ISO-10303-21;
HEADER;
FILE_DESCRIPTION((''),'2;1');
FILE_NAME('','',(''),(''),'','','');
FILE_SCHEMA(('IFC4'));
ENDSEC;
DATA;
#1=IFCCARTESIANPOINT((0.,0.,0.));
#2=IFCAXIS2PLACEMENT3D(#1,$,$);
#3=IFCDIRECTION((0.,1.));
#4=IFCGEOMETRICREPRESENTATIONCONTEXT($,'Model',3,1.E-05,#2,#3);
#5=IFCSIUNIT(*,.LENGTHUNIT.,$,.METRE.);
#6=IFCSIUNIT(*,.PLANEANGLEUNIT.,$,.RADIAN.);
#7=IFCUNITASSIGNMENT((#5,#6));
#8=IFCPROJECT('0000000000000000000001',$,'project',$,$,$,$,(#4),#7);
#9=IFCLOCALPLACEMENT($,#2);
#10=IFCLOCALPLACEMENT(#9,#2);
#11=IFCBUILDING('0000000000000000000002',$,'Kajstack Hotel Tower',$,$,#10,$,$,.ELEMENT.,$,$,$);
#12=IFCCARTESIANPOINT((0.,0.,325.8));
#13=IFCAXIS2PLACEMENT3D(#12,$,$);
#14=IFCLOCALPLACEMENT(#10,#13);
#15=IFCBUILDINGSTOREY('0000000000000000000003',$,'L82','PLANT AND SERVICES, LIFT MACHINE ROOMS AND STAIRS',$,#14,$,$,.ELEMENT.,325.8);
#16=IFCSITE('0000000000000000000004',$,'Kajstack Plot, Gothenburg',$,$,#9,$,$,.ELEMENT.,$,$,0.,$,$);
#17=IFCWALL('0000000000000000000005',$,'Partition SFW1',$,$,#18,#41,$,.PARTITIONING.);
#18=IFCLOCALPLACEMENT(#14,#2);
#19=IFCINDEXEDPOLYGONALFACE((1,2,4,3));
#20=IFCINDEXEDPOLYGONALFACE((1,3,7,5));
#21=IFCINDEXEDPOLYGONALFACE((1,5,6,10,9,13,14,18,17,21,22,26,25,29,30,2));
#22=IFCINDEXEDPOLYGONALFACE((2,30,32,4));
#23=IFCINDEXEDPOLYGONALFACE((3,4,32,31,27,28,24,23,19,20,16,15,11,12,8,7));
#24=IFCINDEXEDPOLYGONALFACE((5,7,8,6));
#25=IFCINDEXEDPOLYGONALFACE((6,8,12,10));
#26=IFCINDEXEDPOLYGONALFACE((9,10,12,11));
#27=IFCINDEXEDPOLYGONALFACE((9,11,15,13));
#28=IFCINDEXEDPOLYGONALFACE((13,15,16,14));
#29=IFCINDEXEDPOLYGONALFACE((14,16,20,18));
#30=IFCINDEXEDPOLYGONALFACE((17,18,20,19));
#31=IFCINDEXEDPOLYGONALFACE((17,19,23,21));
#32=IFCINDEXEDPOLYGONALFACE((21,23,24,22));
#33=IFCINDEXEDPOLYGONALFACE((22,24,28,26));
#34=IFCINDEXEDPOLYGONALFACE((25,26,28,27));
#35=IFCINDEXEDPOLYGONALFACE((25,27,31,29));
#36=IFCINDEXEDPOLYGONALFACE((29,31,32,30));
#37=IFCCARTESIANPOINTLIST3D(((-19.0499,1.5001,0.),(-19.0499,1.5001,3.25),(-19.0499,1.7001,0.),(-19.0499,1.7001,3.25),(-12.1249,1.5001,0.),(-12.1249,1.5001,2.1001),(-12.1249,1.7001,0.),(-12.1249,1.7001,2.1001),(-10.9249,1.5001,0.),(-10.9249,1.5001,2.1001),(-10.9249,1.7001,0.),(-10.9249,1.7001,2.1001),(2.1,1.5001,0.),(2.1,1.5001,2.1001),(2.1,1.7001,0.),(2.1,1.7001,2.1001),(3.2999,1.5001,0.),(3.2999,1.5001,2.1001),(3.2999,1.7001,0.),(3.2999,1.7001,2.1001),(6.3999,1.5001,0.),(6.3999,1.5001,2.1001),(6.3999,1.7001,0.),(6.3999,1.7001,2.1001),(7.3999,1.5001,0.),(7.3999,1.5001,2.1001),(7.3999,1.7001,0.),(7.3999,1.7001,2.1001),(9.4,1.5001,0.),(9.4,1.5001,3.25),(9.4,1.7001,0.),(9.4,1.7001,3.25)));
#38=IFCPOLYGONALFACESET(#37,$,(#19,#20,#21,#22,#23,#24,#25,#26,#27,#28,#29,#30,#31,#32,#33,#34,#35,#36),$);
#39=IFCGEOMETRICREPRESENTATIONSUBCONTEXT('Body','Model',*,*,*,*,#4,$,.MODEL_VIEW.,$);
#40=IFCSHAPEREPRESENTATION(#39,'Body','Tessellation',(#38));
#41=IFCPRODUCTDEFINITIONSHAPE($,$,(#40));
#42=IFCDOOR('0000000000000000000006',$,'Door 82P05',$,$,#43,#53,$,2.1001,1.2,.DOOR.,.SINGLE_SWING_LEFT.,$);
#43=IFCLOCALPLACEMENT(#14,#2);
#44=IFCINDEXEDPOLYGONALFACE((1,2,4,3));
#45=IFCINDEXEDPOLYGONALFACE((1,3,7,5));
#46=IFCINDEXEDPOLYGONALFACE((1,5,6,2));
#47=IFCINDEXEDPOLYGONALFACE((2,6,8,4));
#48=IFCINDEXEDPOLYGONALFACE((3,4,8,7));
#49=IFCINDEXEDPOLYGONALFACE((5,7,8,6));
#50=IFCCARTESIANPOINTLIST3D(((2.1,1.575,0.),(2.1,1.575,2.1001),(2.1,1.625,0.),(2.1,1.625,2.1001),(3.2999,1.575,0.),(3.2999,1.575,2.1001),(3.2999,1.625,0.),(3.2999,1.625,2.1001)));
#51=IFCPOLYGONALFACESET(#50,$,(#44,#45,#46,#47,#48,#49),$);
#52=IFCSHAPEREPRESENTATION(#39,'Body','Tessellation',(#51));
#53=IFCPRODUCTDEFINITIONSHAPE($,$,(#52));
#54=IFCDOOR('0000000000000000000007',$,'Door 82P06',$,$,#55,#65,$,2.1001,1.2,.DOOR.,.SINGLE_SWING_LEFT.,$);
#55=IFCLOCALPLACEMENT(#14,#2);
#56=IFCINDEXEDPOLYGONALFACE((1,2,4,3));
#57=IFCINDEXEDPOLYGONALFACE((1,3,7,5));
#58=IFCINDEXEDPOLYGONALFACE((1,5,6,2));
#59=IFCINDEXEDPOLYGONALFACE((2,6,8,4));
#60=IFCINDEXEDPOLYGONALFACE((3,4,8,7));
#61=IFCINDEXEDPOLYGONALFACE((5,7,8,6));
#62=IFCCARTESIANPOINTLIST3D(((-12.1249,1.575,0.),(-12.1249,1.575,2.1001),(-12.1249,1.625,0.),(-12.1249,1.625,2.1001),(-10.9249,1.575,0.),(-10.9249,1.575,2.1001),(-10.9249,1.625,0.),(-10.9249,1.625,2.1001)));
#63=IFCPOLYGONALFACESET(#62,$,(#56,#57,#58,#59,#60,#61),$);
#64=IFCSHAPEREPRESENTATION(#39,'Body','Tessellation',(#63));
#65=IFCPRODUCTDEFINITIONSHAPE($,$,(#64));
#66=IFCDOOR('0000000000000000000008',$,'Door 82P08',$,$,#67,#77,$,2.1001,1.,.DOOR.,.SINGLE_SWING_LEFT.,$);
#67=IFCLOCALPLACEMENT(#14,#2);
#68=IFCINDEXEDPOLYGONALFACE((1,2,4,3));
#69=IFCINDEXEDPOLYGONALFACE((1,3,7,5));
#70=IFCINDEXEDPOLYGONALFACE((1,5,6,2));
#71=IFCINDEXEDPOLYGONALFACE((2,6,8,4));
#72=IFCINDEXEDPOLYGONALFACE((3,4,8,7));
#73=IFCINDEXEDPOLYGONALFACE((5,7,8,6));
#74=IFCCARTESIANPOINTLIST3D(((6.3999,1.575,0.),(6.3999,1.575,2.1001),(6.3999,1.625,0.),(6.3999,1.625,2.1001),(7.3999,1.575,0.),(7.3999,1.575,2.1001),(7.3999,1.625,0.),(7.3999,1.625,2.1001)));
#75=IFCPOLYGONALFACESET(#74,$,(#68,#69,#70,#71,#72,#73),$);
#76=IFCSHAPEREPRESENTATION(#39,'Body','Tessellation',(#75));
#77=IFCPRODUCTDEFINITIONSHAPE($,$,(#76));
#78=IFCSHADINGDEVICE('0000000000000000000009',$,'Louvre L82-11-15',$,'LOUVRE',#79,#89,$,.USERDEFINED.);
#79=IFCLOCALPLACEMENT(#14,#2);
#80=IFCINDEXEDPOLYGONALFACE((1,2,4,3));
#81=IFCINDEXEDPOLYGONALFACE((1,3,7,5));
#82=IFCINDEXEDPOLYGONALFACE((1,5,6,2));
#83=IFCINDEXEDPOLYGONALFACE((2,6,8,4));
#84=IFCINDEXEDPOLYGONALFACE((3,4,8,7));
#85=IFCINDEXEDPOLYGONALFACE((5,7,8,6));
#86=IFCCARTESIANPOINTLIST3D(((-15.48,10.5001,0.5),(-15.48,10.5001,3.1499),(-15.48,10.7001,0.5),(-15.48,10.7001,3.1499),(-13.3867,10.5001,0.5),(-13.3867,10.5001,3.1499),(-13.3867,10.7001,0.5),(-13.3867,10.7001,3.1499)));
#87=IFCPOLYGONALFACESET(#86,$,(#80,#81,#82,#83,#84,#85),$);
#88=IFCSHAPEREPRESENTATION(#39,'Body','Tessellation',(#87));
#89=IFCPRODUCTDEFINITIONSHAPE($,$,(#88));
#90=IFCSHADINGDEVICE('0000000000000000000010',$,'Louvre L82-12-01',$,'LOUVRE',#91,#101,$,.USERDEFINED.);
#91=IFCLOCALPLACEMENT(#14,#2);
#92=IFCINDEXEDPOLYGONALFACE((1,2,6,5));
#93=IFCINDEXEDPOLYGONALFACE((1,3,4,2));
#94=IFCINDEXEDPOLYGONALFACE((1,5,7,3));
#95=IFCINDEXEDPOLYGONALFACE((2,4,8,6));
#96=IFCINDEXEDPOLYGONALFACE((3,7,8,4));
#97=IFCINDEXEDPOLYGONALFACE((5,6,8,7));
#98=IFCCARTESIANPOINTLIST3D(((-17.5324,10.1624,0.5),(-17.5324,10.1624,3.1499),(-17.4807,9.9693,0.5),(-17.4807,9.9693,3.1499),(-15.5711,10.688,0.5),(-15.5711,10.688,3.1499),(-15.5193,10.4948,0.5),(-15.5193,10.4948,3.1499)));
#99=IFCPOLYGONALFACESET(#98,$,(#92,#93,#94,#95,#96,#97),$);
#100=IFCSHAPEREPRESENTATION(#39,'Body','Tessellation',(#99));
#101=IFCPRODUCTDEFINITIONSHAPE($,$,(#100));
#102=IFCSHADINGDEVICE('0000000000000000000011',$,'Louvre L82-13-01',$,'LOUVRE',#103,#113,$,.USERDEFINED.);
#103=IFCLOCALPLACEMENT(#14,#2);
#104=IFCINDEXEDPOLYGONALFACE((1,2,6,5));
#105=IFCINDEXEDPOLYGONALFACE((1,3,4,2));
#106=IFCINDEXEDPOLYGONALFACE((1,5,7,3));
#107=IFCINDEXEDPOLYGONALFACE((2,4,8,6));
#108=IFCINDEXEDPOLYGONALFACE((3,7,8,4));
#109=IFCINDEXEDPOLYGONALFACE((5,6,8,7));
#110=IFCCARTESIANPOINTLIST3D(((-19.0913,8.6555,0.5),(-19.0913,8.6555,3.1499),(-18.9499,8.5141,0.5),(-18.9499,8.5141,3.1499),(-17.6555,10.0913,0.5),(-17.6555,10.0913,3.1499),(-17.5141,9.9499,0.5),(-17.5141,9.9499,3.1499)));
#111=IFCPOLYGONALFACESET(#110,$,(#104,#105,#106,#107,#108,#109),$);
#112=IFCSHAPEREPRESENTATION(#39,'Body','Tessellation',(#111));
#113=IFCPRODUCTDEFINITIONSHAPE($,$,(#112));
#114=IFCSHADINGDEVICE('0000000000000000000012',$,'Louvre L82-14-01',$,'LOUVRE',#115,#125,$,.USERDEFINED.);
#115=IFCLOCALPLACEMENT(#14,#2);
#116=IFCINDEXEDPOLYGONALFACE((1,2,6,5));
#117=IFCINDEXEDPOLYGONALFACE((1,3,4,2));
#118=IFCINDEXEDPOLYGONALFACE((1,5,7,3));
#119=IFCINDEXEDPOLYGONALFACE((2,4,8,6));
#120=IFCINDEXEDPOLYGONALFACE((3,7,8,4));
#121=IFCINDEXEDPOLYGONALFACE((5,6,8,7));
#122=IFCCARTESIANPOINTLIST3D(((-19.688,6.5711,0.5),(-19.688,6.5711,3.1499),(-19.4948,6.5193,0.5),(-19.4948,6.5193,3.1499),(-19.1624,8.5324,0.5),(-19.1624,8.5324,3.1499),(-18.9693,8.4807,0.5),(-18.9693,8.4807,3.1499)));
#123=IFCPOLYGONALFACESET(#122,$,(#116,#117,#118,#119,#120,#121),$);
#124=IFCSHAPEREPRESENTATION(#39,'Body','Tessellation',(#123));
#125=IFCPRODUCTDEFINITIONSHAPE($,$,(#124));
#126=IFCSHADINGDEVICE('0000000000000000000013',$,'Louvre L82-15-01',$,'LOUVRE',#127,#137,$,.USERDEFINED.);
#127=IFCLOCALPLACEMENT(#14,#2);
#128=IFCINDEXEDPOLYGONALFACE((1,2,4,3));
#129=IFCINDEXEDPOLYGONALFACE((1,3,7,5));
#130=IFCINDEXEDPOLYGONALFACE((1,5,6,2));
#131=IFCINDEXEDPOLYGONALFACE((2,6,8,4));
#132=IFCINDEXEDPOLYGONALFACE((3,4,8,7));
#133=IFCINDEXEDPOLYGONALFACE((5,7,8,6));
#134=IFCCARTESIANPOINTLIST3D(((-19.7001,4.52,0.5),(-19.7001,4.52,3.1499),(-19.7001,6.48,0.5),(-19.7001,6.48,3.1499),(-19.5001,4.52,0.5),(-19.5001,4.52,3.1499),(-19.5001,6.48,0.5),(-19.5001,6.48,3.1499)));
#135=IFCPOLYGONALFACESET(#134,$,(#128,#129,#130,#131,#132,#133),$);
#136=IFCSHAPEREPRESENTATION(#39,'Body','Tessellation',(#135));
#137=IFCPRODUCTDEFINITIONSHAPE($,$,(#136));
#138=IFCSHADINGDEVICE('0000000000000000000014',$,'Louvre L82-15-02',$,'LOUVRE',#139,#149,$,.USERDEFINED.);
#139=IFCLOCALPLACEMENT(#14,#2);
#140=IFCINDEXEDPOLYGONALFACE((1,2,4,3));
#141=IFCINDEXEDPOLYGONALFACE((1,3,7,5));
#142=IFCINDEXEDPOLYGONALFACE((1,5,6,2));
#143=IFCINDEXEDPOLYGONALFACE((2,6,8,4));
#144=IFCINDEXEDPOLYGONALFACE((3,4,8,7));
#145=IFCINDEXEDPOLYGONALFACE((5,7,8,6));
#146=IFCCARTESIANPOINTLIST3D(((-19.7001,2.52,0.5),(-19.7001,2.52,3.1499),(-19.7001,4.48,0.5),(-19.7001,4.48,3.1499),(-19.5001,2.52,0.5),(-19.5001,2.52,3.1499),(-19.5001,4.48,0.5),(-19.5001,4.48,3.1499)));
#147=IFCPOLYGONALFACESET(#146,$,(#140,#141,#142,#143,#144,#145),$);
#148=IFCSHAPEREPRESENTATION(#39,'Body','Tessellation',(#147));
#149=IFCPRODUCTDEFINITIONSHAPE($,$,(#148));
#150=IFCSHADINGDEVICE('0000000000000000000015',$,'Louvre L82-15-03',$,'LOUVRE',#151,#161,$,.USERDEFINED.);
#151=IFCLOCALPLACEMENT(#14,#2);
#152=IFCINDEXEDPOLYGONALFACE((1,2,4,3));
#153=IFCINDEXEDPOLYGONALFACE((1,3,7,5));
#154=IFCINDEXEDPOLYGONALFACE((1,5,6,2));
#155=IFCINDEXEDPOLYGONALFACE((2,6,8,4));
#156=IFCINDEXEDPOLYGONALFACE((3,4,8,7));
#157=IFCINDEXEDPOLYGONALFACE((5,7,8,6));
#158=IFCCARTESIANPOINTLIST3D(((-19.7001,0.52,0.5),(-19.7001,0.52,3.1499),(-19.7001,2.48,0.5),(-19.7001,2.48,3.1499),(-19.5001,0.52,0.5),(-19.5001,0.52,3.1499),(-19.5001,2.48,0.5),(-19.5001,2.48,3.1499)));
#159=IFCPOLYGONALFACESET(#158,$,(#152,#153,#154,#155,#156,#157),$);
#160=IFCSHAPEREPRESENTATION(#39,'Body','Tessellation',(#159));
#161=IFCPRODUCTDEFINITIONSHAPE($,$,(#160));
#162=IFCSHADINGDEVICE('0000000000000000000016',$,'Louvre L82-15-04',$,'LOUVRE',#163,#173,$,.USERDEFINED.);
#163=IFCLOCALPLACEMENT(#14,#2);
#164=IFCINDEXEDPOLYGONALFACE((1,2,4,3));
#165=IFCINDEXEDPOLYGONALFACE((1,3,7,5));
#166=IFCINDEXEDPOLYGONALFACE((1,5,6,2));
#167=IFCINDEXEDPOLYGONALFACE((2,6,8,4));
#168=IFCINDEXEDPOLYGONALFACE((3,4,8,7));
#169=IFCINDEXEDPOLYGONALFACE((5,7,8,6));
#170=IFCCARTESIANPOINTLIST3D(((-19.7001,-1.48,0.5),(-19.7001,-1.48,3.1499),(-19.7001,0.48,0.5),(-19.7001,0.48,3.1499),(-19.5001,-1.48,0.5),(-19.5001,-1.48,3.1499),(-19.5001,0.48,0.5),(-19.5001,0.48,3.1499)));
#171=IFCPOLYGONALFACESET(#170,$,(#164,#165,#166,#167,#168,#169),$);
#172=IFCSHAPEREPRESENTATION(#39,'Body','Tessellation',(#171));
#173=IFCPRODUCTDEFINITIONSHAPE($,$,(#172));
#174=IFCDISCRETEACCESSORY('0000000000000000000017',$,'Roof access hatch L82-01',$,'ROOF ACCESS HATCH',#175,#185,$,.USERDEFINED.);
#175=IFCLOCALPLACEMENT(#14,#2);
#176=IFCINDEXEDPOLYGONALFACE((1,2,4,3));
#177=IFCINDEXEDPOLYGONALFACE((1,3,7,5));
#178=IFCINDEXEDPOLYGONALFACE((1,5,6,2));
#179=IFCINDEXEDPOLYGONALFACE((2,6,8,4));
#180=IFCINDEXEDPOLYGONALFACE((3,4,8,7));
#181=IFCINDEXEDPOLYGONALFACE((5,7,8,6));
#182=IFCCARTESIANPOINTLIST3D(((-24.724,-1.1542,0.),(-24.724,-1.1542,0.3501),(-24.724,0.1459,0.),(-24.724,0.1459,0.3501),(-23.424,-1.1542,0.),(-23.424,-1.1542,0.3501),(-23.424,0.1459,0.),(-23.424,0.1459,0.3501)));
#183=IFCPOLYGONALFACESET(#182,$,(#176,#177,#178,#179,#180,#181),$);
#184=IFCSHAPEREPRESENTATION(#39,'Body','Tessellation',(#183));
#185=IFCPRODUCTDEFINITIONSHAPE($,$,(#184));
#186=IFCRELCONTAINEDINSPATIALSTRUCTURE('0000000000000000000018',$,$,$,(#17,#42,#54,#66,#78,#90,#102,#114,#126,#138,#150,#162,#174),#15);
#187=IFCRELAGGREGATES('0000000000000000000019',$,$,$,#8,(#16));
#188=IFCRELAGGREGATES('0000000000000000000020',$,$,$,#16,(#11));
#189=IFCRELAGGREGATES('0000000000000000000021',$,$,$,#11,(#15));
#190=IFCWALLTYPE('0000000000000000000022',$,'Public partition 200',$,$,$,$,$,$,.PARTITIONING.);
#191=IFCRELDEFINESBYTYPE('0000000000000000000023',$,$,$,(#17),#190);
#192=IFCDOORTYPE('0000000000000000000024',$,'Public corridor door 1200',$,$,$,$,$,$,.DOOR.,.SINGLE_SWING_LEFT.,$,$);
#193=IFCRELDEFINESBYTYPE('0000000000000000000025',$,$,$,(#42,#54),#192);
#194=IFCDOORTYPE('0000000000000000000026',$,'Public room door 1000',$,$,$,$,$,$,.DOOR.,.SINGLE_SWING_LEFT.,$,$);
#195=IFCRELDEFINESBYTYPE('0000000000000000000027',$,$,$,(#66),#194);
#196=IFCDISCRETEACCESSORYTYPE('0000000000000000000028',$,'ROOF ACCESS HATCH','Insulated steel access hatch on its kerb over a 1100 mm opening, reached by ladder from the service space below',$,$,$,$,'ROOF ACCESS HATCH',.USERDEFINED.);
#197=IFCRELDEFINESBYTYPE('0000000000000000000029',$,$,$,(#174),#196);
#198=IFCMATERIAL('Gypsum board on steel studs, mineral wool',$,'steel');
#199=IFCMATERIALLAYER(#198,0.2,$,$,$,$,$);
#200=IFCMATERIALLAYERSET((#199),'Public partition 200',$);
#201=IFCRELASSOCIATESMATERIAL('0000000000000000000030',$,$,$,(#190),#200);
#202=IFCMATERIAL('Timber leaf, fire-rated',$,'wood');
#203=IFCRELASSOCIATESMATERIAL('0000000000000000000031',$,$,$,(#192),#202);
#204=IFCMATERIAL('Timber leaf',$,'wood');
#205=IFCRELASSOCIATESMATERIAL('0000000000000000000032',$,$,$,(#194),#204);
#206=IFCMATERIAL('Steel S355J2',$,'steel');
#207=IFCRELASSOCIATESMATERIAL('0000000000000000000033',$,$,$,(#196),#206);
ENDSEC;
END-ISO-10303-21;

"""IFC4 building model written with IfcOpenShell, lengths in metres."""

from ifc_helpers import new_model, si_unit, direction, frame, frame_2d, origin, origin_2d, place, context, subcontext, project, spatial, rectangle, extrude, material, layer, layer_set, type_object, element, fill, save


model = new_model("IFC4")

# Units and contexts
model_context = context("Model", 3, precision=1e-05, world=origin(), true_north=direction((0.0, 1.0)))
body_context = subcontext(model_context, "Body", "Model", "MODEL_VIEW")
ifc_project = project(units=[si_unit("LENGTHUNIT", "METRE"), si_unit("PLANEANGLEUNIT", "RADIAN")], contexts=[model_context])

# Site, building, storey
site_placement = place(None, origin())
site = spatial("IfcSite", under=ifc_project, at=site_placement, Name="Kajstack Plot, Gothenburg", CompositionType="ELEMENT", RefElevation=0.0)
building_placement = place(site_placement, origin())
building = spatial("IfcBuilding", under=site, at=building_placement, Name="Kajstack Hotel Tower", CompositionType="ELEMENT")
storey_placement = place(building_placement, frame((0.0, 0.0, 325.8)))
storey = spatial("IfcBuildingStorey", under=building, at=storey_placement, Name="L82", Description="PLANT AND SERVICES, LIFT MACHINE ROOMS AND STAIRS", CompositionType="ELEMENT", Elevation=325.8)

# Shared definitions
ifc_material_1 = material(Name="Steel S355J2", Category="steel")

# Shared definitions
ifc_material_2 = material(Name="Gypsum board on steel studs, mineral wool", Category="steel")
ifc_layer_1 = layer(ifc_material_2, 0.2)
ifc_layer_set_1 = layer_set([ifc_layer_1], Name="Public partition 200")
wall_type_1 = type_object("IfcWallType", Name="Public partition 200", PredefinedType="PARTITIONING", material=ifc_layer_set_1)
ifc_material_3 = material(Name="Timber leaf, fire-rated", Category="wood")
door_type_1 = type_object("IfcDoorType", Name="Public corridor door 1200", OperationType="SINGLE_SWING_LEFT", PredefinedType="DOOR", material=ifc_material_3)

# Wall, openings, doors
wall_1_placement = place(storey_placement, frame((-19.05, 1.6001, 0.0), z_axis=(0.0, 0.0, 1.0), x_axis=(1.0, 0.0, 0.0)))
wall_1 = element("IfcWall", 1, at=wall_1_placement, inside=storey, type_object=wall_type_1, Name="Partition SFW1", PredefinedType="PARTITIONING", context=body_context, shape_type="SweptSolid", body=[
    extrude(rectangle(XDim=28.45, YDim=0.2, at=frame_2d((14.2251, 0.0))), origin(), (0.0, 0.0, 1.0), 3.25),
])
opening_1_placement = place(wall_1_placement, frame((21.1499, 0.0, 0.0)))
opening_1 = element("IfcOpeningElement", 2, at=opening_1_placement, cuts=wall_1, PredefinedType="OPENING", context=body_context, shape_type="SweptSolid", body=[
    extrude(rectangle(XDim=1.2, YDim=2.1001, at=frame_2d((0.6001, 1.05))), frame((0.0, 0.1099, 0.0), z_axis=(0.0, -1.0, 0.0), x_axis=(1.0, 0.0, 0.0)), (0.0, 0.0, 1.0), 0.22),
])
opening_2_placement = place(wall_1_placement, frame((6.925, 0.0, 0.0)))
opening_2 = element("IfcOpeningElement", 3, at=opening_2_placement, cuts=wall_1, PredefinedType="OPENING", context=body_context, shape_type="SweptSolid", body=[
    extrude(rectangle(XDim=1.2, YDim=2.1001, at=frame_2d((0.6001, 1.05))), frame((0.0, 0.1099, 0.0), z_axis=(0.0, -1.0, 0.0), x_axis=(1.0, 0.0, 0.0)), (0.0, 0.0, 1.0), 0.22),
])
opening_3_placement = place(wall_1_placement, frame((25.45, 0.0, 0.0)))
opening_3 = element("IfcOpeningElement", 4, at=opening_3_placement, cuts=wall_1, PredefinedType="OPENING", context=body_context, shape_type="SweptSolid", body=[
    extrude(rectangle(XDim=1.0, YDim=2.1001, at=frame_2d((0.5, 1.05))), frame((0.0, 0.1099, 0.0), z_axis=(0.0, -1.0, 0.0), x_axis=(1.0, 0.0, 0.0)), (0.0, 0.0, 1.0), 0.22),
])
door_1_placement = place(opening_1_placement, origin())
door_1 = element("IfcDoor", 5, at=door_1_placement, inside=storey, type_object=door_type_1, Name="Door 82P05", OperationType="SINGLE_SWING_LEFT", OverallHeight=2.1001, OverallWidth=1.2, PredefinedType="DOOR", context=body_context, shape_type="SweptSolid", body=[
    extrude(rectangle(XDim=1.2, YDim=2.1001, at=frame_2d((0.6001, 1.05))), frame((0.0, 0.0249, 0.0), z_axis=(0.0, -1.0, 0.0), x_axis=(1.0, 0.0, 0.0)), (0.0, 0.0, 1.0), 0.05),
])
fill(opening_1, door_1)
door_2_placement = place(opening_2_placement, origin())
door_2 = element("IfcDoor", 6, at=door_2_placement, inside=storey, type_object=door_type_1, Name="Door 82P06", OperationType="SINGLE_SWING_LEFT", OverallHeight=2.1001, OverallWidth=1.2, PredefinedType="DOOR", context=body_context, shape_type="SweptSolid", body=[
    extrude(rectangle(XDim=1.2, YDim=2.1001, at=frame_2d((0.6001, 1.05))), frame((0.0, 0.0249, 0.0), z_axis=(0.0, -1.0, 0.0), x_axis=(1.0, 0.0, 0.0)), (0.0, 0.0, 1.0), 0.05),
])
fill(opening_2, door_2)
ifc_material_4 = material(Name="Timber leaf", Category="wood")
door_type_2 = type_object("IfcDoorType", Name="Public room door 1000", OperationType="SINGLE_SWING_LEFT", PredefinedType="DOOR", material=ifc_material_4)
door_3_placement = place(opening_3_placement, origin())
door_3 = element("IfcDoor", 7, at=door_3_placement, inside=storey, type_object=door_type_2, Name="Door 82P08", OperationType="SINGLE_SWING_LEFT", OverallHeight=2.1001, OverallWidth=1.0, PredefinedType="DOOR", context=body_context, shape_type="SweptSolid", body=[
    extrude(rectangle(XDim=1.0, YDim=2.1001, at=frame_2d((0.5, 1.05))), frame((0.0, 0.0249, 0.0), z_axis=(0.0, -1.0, 0.0), x_axis=(1.0, 0.0, 0.0)), (0.0, 0.0, 1.0), 0.05),
])
fill(opening_3, door_3)

# Shading devices
shading_device_placement = place(storey_placement, frame((-14.4333, 10.6001, 0.5), z_axis=(0.0, 0.0, 1.0), x_axis=(-1.0, 0.0, 0.0)))
element("IfcShadingDevice", 8, at=shading_device_placement, inside=storey, Name="Louvre L82-11-15", ObjectType="LOUVRE", PredefinedType="USERDEFINED", context=body_context, shape_type="SweptSolid", body=[
    extrude(rectangle(XDim=2.0933, YDim=0.2, at=origin_2d()), origin(), (0.0, 0.0, 1.0), 2.6499),
])
for number, where, z_axis, x_axis, name in (
    (9, (-16.5259, 10.3286, 0.5), (0.0, 0.0, 1.0), (-0.965926, -0.25882, 0.0), "Louvre L82-12-01"),
    (10, (-18.3027, 9.3027, 0.5), (0.0, 0.0, 1.0), (-0.707107, -0.707107, 0.0), "Louvre L82-13-01"),
    (11, (-19.3286, 7.5259, 0.5), (0.0, 0.0, 1.0), (-0.25882, -0.965926, 0.0), "Louvre L82-14-01"),
):
    element("IfcShadingDevice", number, at=place(storey_placement, frame(where, z_axis=z_axis, x_axis=x_axis)), inside=storey, Name=name, ObjectType="LOUVRE", PredefinedType="USERDEFINED", context=body_context, shape_type="SweptSolid", body=[
        extrude(rectangle(XDim=2.0305, YDim=0.2, at=origin_2d()), origin(), (0.0, 0.0, 1.0), 2.6499),
    ])
for number, where, z_axis, x_axis, name in (
    (12, (-19.6001, 5.5, 0.5), (0.0, 0.0, 1.0), (0.0, -1.0, 0.0), "Louvre L82-15-01"),
    (13, (-19.6001, 3.5, 0.5), (0.0, 0.0, 1.0), (0.0, -1.0, 0.0), "Louvre L82-15-02"),
    (14, (-19.6001, 1.5, 0.5), (0.0, 0.0, 1.0), (0.0, -1.0, 0.0), "Louvre L82-15-03"),
    (15, (-19.6001, -0.5, 0.5), (0.0, 0.0, 1.0), (0.0, -1.0, 0.0), "Louvre L82-15-04"),
):
    element("IfcShadingDevice", number, at=place(storey_placement, frame(where, z_axis=z_axis, x_axis=x_axis)), inside=storey, Name=name, ObjectType="LOUVRE", PredefinedType="USERDEFINED", context=body_context, shape_type="SweptSolid", body=[
        extrude(rectangle(XDim=1.96, YDim=0.2, at=origin_2d()), origin(), (0.0, 0.0, 1.0), 2.6499),
    ])

# Discrete accessory
discrete_accessory_type = type_object("IfcDiscreteAccessoryType", Name="ROOF ACCESS HATCH", Description="Insulated steel access hatch on its kerb over a 1100 mm opening, reached by ladder from the service space below", ElementType="ROOF ACCESS HATCH", PredefinedType="USERDEFINED", material=ifc_material_1)
discrete_accessory_placement = place(storey_placement, frame((-24.074, -0.5042, 0.0), z_axis=(0.0, 0.0, 1.0), x_axis=(1.0, 0.0, 0.0)))
element("IfcDiscreteAccessory", 16, at=discrete_accessory_placement, inside=storey, type_object=discrete_accessory_type, Name="Roof access hatch L82-01", ObjectType="ROOF ACCESS HATCH", PredefinedType="USERDEFINED", context=body_context, shape_type="SweptSolid", body=[
    extrude(rectangle(XDim=1.3, YDim=1.3, at=origin_2d()), origin(), (0.0, 0.0, 1.0), 0.3501),
])

save(model, "model.ifc")
